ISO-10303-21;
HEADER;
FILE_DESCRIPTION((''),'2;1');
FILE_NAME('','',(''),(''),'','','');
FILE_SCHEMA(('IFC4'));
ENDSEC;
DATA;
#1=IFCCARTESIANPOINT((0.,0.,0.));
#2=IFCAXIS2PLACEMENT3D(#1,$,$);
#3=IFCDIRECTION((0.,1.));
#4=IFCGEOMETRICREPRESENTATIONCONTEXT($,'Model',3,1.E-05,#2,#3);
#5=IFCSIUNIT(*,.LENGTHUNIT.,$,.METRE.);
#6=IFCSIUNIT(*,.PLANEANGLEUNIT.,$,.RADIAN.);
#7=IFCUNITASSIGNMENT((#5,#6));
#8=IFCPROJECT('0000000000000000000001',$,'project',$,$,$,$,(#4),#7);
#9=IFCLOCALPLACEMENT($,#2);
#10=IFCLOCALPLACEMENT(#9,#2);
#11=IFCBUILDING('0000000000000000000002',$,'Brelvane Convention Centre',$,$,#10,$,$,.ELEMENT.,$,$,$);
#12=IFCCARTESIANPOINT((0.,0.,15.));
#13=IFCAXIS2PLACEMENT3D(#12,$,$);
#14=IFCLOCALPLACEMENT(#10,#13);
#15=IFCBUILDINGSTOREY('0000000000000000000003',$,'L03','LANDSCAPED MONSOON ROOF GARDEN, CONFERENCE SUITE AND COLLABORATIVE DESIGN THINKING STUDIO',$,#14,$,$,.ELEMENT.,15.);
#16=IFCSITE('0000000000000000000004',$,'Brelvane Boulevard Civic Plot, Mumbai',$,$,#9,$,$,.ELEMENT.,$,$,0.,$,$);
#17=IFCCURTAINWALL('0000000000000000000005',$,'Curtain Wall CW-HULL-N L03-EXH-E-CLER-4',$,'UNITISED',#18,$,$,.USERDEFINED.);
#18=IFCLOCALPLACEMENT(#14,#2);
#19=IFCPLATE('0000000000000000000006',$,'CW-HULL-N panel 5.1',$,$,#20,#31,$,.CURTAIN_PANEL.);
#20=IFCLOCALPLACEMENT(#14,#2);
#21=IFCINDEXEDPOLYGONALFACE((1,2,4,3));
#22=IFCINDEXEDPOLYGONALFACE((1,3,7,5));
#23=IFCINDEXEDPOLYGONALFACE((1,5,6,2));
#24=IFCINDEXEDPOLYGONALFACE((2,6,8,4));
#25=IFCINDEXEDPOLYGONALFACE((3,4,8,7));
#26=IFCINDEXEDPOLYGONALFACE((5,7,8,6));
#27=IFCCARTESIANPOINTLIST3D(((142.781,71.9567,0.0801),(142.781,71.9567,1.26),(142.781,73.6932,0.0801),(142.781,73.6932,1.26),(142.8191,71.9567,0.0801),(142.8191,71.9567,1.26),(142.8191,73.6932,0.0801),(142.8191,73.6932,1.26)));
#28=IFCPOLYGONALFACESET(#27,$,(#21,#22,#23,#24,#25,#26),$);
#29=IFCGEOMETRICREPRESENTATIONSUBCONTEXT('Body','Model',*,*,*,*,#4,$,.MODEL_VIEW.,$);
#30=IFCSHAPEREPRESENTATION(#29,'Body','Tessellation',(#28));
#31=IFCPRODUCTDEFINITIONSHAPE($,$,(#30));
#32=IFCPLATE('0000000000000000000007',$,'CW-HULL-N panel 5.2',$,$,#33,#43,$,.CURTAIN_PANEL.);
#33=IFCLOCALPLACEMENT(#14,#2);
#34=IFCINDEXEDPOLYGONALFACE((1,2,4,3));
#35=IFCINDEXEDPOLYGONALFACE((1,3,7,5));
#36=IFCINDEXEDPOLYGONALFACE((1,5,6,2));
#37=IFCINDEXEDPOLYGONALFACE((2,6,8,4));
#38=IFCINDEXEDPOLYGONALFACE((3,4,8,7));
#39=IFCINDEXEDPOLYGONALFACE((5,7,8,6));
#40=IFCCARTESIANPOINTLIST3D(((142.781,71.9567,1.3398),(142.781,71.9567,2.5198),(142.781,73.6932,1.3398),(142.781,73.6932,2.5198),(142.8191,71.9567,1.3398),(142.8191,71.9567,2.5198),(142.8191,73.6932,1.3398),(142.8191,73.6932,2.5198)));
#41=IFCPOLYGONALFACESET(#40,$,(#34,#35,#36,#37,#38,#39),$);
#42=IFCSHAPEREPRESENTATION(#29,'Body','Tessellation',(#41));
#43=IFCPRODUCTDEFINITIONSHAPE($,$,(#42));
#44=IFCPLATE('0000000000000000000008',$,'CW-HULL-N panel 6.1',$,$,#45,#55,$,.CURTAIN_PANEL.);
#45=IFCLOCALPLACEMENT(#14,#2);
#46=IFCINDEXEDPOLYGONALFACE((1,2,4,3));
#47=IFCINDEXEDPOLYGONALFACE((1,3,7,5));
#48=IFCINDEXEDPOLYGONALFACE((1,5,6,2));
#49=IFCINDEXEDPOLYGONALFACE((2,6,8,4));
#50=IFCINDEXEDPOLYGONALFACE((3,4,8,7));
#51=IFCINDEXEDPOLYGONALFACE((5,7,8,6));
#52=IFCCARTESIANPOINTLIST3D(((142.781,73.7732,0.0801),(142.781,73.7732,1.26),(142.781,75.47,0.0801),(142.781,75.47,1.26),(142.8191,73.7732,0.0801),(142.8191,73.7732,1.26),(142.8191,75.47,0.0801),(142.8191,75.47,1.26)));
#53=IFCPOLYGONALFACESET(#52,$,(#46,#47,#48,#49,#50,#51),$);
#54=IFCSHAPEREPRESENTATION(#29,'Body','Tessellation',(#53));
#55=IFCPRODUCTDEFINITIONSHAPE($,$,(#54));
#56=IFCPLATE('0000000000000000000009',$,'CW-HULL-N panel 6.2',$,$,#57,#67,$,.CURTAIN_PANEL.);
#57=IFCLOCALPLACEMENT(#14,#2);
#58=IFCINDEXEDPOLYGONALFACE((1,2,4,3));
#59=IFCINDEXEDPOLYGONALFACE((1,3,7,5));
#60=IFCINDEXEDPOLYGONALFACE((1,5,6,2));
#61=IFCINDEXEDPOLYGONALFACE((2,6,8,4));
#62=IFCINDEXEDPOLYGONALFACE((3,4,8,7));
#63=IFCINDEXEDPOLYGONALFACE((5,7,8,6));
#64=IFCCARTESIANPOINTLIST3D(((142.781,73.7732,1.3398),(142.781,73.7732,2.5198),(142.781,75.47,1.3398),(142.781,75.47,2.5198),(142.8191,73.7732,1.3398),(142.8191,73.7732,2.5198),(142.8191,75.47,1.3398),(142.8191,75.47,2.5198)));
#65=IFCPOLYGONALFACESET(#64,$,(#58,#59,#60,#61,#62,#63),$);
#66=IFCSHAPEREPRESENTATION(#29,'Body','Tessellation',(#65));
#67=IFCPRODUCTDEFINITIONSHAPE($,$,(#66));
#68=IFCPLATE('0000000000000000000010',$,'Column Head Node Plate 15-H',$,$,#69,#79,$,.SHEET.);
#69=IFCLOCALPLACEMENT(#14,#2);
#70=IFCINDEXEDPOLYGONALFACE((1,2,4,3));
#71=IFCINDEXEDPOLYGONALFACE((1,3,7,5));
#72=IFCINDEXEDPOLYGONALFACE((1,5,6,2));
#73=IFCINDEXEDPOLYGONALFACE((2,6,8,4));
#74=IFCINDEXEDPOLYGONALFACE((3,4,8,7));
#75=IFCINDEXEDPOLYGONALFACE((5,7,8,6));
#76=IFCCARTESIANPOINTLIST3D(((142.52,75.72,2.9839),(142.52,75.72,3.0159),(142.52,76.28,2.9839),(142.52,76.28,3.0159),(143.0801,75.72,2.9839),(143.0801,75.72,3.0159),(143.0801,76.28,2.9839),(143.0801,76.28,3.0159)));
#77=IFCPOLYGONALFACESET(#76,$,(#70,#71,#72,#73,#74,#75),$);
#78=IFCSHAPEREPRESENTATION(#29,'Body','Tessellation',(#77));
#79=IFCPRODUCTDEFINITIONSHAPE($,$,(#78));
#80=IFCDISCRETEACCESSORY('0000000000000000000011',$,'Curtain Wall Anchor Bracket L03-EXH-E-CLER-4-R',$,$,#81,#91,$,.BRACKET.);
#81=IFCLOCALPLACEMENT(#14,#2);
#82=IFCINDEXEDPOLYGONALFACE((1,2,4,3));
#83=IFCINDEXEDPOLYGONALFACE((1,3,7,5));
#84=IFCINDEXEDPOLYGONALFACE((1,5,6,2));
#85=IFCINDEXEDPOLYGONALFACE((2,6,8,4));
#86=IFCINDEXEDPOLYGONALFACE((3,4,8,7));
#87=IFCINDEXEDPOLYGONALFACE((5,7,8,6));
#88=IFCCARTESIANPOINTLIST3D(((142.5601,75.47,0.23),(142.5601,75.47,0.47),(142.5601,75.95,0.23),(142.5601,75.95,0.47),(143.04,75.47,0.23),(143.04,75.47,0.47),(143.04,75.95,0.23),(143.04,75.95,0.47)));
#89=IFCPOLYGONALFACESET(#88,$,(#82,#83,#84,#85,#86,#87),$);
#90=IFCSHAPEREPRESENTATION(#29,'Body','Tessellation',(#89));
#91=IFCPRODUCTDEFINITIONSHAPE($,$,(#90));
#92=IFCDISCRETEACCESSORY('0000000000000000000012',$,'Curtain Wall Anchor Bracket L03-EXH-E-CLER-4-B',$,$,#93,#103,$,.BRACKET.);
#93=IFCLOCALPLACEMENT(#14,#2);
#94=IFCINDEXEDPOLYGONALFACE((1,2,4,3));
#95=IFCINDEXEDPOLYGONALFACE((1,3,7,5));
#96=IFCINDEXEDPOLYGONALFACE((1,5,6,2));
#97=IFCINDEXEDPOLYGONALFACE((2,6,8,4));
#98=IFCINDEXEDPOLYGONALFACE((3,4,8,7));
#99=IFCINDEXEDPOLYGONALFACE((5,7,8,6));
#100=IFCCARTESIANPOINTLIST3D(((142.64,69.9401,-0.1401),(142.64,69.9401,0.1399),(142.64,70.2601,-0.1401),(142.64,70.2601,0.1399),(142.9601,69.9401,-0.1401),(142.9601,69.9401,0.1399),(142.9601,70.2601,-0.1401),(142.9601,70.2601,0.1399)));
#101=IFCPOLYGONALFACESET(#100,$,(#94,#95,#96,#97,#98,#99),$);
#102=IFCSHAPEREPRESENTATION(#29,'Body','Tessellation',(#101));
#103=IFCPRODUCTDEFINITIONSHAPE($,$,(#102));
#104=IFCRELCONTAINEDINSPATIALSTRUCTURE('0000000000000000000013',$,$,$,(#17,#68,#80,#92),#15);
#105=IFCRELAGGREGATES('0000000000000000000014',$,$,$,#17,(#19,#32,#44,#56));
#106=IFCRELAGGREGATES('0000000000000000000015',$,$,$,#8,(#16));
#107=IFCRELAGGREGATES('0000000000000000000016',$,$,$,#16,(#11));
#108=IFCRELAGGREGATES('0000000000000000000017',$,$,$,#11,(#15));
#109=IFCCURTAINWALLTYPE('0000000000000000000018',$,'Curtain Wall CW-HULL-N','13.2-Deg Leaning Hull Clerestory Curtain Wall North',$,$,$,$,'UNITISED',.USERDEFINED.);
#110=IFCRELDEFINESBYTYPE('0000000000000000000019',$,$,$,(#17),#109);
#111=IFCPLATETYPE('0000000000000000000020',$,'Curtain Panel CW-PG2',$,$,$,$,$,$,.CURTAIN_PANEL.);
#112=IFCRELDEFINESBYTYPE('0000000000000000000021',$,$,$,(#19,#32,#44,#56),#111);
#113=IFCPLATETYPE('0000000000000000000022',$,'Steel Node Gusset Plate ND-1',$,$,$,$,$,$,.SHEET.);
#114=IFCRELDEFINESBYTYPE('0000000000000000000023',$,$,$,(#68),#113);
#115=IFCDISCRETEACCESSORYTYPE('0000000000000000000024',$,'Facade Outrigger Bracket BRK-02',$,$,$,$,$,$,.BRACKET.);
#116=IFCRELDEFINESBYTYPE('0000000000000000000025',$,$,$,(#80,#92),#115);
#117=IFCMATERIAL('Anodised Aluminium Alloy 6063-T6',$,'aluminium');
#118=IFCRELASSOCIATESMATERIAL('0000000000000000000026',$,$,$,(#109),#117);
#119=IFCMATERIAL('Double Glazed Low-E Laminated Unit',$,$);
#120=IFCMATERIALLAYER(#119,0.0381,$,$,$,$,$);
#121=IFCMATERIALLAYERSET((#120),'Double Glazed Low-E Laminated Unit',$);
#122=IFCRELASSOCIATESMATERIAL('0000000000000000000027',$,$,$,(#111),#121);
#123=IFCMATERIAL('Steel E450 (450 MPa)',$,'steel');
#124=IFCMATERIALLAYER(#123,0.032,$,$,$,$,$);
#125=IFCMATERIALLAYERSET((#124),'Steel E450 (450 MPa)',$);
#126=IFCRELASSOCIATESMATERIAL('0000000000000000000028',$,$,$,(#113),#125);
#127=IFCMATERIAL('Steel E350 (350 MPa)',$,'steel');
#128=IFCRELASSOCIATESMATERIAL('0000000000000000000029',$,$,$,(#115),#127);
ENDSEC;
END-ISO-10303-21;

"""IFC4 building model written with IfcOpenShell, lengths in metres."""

from ifc_helpers import new_model, si_unit, direction, frame, origin, origin_2d, place, context, subcontext, project, spatial, rectangle, extrude, material, layer, layer_set, type_object, element, aggregate, save


model = new_model("IFC4")

# Units and contexts
model_context = context("Model", 3, precision=1e-05, world=origin(), true_north=direction((0.0, 1.0)))
body_context = subcontext(model_context, "Body", "Model", "MODEL_VIEW")
ifc_project = project(units=[si_unit("LENGTHUNIT", "METRE"), si_unit("PLANEANGLEUNIT", "RADIAN")], contexts=[model_context])

# Site, building, storey
site_placement = place(None, origin())
site = spatial("IfcSite", under=ifc_project, at=site_placement, Name="Brelvane Boulevard Civic Plot, Mumbai", CompositionType="ELEMENT", RefElevation=0.0)
building_placement = place(site_placement, origin())
building = spatial("IfcBuilding", under=site, at=building_placement, Name="Brelvane Convention Centre", CompositionType="ELEMENT")
storey_placement = place(building_placement, frame((0.0, 0.0, 15.0)))
storey = spatial("IfcBuildingStorey", under=building, at=storey_placement, Name="L03", Description="LANDSCAPED MONSOON ROOF GARDEN, CONFERENCE SUITE AND COLLABORATIVE DESIGN THINKING STUDIO", CompositionType="ELEMENT", Elevation=15.0)

# Curtain wall
ifc_material_1 = material(Name="Anodised Aluminium Alloy 6063-T6", Category="aluminium")
curtain_wall_type = type_object("IfcCurtainWallType", Name="Curtain Wall CW-HULL-N", Description="13.2-Deg Leaning Hull Clerestory Curtain Wall North", ElementType="UNITISED", PredefinedType="USERDEFINED", material=ifc_material_1)
curtain_wall_placement = place(storey_placement, origin())
curtain_wall = element("IfcCurtainWall", 1, at=curtain_wall_placement, inside=storey, type_object=curtain_wall_type, Name="Curtain Wall CW-HULL-N L03-EXH-E-CLER-4", ObjectType="UNITISED", PredefinedType="USERDEFINED")

# Plates
ifc_material_2 = material(Name="Double Glazed Low-E Laminated Unit")
ifc_layer_1 = layer(ifc_material_2, 0.0381)
ifc_layer_set_1 = layer_set([ifc_layer_1], Name="Double Glazed Low-E Laminated Unit")
plate_type_1 = type_object("IfcPlateType", Name="Curtain Panel CW-PG2", PredefinedType="CURTAIN_PANEL", material=ifc_layer_set_1)
plate_1_placement = place(storey_placement, frame((142.8, 72.825, 0.0801), z_axis=(0.0, 0.0, 1.0), x_axis=(0.0, 1.0, 0.0)))
plate_1 = element("IfcPlate", 2, at=plate_1_placement, type_object=plate_type_1, Name="CW-HULL-N panel 5.1", PredefinedType="CURTAIN_PANEL", context=body_context, shape_type="SweptSolid", body=[
    extrude(rectangle(XDim=1.7366, YDim=0.0381, at=origin_2d()), origin(), (0.0, 0.0, 1.0), 1.1799),
])
plate_2_placement = place(storey_placement, frame((142.8, 72.825, 1.3398), z_axis=(0.0, 0.0, 1.0), x_axis=(0.0, 1.0, 0.0)))
plate_2 = element("IfcPlate", 3, at=plate_2_placement, type_object=plate_type_1, Name="CW-HULL-N panel 5.2", PredefinedType="CURTAIN_PANEL", context=body_context, shape_type="SweptSolid", body=[
    extrude(rectangle(XDim=1.7366, YDim=0.0381, at=origin_2d()), origin(), (0.0, 0.0, 1.0), 1.1799),
])
plate_3_placement = place(storey_placement, frame((142.8, 74.6216, 0.0801), z_axis=(0.0, 0.0, 1.0), x_axis=(0.0, 1.0, 0.0)))
plate_3 = element("IfcPlate", 4, at=plate_3_placement, type_object=plate_type_1, Name="CW-HULL-N panel 6.1", PredefinedType="CURTAIN_PANEL", context=body_context, shape_type="SweptSolid", body=[
    extrude(rectangle(XDim=1.6968, YDim=0.0381, at=origin_2d()), origin(), (0.0, 0.0, 1.0), 1.1799),
])
plate_4_placement = place(storey_placement, frame((142.8, 74.6216, 1.3398), z_axis=(0.0, 0.0, 1.0), x_axis=(0.0, 1.0, 0.0)))
plate_4 = element("IfcPlate", 5, at=plate_4_placement, type_object=plate_type_1, Name="CW-HULL-N panel 6.2", PredefinedType="CURTAIN_PANEL", context=body_context, shape_type="SweptSolid", body=[
    extrude(rectangle(XDim=1.6968, YDim=0.0381, at=origin_2d()), origin(), (0.0, 0.0, 1.0), 1.1799),
])
aggregate(curtain_wall, [plate_1, plate_2, plate_3, plate_4])
ifc_material_3 = material(Name="Steel E450 (450 MPa)", Category="steel")
ifc_layer_2 = layer(ifc_material_3, 0.032)
ifc_layer_set_2 = layer_set([ifc_layer_2], Name="Steel E450 (450 MPa)")
plate_type_2 = type_object("IfcPlateType", Name="Steel Node Gusset Plate ND-1", PredefinedType="SHEET", material=ifc_layer_set_2)
plate_5_placement = place(storey_placement, frame((142.8, 76.0, 2.9839), z_axis=(0.0, 0.0, 1.0), x_axis=(1.0, 0.0, 0.0)))
element("IfcPlate", 6, at=plate_5_placement, inside=storey, type_object=plate_type_2, Name="Column Head Node Plate 15-H", PredefinedType="SHEET", context=body_context, shape_type="SweptSolid", body=[
    extrude(rectangle(XDim=0.5601, YDim=0.5601, at=origin_2d()), origin(), (0.0, 0.0, 1.0), 0.032),
])

# Discrete accessories
ifc_material_4 = material(Name="Steel E350 (350 MPa)", Category="steel")
discrete_accessory_type = type_object("IfcDiscreteAccessoryType", Name="Facade Outrigger Bracket BRK-02", PredefinedType="BRACKET", material=ifc_material_4)
discrete_accessory_1_placement = place(storey_placement, frame((142.8, 75.71, 0.23), z_axis=(0.0, 0.0, 1.0), x_axis=(1.0, 0.0, 0.0)))
element("IfcDiscreteAccessory", 7, at=discrete_accessory_1_placement, inside=storey, type_object=discrete_accessory_type, Name="Curtain Wall Anchor Bracket L03-EXH-E-CLER-4-R", PredefinedType="BRACKET", context=body_context, shape_type="SweptSolid", body=[
    extrude(rectangle(XDim=0.48, YDim=0.48, at=origin_2d()), origin(), (0.0, 0.0, 1.0), 0.24),
])
discrete_accessory_2_placement = place(storey_placement, frame((142.8, 70.1001, -0.1401), z_axis=(0.0, 0.0, 1.0), x_axis=(1.0, 0.0, 0.0)))
element("IfcDiscreteAccessory", 8, at=discrete_accessory_2_placement, inside=storey, type_object=discrete_accessory_type, Name="Curtain Wall Anchor Bracket L03-EXH-E-CLER-4-B", PredefinedType="BRACKET", context=body_context, shape_type="SweptSolid", body=[
    extrude(rectangle(XDim=0.3201, YDim=0.3201, at=origin_2d()), origin(), (0.0, 0.0, 1.0), 0.28),
])

save(model, "model.ifc")
